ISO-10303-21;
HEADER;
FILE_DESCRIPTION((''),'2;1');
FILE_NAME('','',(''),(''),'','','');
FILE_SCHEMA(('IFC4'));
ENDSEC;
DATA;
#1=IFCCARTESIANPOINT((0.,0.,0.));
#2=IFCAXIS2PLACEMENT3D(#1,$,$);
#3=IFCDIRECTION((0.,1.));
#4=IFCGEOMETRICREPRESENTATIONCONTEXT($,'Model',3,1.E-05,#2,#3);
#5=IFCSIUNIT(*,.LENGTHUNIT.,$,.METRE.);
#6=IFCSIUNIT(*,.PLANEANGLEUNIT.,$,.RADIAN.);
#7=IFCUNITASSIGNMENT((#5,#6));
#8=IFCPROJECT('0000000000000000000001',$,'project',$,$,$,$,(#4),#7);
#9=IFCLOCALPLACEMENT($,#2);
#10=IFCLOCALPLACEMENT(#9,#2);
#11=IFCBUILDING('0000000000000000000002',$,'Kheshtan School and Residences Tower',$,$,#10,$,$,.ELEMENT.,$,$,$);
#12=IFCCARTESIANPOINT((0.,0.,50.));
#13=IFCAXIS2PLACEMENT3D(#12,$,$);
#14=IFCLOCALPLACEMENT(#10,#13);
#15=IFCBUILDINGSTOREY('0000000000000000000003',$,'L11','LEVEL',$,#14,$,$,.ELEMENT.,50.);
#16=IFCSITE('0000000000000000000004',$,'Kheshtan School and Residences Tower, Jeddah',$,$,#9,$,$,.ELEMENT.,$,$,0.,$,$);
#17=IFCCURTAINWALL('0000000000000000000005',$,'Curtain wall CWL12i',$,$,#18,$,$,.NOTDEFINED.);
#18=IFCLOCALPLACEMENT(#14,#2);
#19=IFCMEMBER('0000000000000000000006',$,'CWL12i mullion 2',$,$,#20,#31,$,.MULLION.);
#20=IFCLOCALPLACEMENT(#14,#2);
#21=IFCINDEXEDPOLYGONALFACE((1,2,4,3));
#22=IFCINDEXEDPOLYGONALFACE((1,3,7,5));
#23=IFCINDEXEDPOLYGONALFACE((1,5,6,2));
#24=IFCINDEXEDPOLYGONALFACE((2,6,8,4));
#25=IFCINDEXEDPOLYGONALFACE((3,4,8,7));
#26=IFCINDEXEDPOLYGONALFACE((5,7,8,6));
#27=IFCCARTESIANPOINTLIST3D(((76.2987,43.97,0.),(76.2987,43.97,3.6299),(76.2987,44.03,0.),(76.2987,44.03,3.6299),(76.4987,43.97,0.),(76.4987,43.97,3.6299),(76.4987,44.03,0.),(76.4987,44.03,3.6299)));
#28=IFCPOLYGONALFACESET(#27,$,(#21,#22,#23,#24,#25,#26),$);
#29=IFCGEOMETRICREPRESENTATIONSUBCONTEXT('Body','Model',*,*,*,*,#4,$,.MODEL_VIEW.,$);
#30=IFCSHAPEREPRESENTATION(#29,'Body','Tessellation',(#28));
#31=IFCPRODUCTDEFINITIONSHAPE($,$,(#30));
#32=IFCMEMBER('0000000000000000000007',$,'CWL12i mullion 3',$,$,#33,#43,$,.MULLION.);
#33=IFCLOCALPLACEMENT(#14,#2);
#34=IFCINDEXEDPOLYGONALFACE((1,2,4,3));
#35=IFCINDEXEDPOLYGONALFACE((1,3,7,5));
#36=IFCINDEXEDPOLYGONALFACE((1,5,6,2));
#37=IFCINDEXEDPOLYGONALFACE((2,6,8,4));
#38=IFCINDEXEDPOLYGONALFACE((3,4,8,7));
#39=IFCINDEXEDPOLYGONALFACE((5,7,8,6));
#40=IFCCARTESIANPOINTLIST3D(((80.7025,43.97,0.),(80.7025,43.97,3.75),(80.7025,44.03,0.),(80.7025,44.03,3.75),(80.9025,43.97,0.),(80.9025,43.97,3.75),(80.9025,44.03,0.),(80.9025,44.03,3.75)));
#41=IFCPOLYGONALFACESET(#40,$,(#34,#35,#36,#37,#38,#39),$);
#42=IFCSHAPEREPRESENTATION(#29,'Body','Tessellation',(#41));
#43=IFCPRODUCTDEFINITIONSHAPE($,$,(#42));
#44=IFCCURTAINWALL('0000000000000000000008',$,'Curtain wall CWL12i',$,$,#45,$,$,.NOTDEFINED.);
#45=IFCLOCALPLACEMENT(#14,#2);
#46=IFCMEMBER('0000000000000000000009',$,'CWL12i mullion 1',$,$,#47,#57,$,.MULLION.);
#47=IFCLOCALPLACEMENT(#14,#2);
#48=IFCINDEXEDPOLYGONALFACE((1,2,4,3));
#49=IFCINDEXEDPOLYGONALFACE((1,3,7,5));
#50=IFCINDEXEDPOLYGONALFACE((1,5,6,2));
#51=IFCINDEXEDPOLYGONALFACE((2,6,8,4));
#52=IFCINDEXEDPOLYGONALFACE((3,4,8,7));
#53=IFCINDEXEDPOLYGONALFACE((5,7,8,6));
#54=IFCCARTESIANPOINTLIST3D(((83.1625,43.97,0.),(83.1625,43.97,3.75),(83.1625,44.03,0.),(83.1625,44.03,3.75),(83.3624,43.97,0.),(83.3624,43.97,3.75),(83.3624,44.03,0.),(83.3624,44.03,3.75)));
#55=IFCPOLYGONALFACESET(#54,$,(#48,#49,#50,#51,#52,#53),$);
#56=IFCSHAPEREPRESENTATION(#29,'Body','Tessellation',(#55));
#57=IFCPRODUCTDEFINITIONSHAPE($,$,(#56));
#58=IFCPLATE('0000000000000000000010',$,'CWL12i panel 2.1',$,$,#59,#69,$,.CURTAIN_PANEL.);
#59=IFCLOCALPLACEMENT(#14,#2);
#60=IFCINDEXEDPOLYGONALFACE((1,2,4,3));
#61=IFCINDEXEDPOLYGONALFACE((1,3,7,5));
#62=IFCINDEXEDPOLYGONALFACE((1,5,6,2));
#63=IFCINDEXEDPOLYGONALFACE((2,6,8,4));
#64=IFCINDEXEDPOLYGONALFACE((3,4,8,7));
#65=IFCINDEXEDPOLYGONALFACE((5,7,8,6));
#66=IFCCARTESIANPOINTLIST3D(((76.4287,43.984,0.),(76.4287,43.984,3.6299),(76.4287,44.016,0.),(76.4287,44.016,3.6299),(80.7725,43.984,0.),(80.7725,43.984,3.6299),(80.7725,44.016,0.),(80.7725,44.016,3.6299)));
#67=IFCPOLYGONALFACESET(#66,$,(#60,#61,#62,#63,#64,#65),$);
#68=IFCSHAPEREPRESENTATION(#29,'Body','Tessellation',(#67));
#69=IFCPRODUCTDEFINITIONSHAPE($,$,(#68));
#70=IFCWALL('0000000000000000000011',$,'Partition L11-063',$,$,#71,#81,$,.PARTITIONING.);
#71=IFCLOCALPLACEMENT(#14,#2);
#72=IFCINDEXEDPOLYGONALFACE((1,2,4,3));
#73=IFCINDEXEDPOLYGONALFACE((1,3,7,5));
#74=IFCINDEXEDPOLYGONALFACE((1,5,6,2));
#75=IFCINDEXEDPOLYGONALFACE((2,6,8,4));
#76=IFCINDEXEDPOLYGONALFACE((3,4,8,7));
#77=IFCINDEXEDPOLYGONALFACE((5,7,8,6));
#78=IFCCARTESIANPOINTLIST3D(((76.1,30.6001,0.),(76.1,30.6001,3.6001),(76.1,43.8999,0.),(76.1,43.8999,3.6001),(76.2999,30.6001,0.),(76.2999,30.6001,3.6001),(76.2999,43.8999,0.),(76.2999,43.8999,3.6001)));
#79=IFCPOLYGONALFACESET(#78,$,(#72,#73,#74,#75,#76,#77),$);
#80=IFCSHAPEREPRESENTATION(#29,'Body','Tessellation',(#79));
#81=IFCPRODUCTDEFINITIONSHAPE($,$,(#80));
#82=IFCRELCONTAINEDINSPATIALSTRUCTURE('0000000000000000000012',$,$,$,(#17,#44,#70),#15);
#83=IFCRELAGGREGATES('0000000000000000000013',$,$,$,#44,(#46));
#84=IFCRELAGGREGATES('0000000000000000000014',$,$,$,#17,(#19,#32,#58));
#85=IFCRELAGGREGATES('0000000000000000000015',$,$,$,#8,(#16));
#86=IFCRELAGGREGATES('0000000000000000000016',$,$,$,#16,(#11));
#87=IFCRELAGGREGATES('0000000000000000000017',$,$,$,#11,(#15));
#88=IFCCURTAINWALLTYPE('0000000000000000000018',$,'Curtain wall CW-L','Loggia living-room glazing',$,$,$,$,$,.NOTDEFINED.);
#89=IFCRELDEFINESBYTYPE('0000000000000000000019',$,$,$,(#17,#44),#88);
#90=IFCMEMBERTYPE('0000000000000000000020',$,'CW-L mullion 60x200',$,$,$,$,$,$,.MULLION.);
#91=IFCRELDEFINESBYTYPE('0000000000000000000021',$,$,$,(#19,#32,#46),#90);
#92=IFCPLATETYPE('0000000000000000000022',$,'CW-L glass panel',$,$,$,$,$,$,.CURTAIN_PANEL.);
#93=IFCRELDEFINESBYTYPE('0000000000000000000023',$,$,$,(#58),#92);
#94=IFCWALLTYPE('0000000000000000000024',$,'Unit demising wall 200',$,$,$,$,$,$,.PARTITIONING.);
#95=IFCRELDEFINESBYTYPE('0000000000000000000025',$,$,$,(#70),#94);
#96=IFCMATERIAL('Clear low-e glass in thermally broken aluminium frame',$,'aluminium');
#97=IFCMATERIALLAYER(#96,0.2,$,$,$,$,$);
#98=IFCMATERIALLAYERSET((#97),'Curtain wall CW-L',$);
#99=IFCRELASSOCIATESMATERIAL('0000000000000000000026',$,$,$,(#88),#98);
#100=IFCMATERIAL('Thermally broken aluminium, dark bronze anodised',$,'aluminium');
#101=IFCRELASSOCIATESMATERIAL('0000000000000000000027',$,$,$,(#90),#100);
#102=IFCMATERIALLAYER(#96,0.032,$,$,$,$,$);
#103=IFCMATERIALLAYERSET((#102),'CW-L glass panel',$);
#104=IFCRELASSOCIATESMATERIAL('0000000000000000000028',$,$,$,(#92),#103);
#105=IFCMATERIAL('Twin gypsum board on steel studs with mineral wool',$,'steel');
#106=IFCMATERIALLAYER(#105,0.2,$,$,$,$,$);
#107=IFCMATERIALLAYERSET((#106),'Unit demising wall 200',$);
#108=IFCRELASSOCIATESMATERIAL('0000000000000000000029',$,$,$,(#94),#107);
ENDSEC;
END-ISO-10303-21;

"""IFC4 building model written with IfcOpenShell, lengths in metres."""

from ifc_helpers import new_model, si_unit, direction, frame, frame_2d, origin, origin_2d, place, context, subcontext, project, spatial, rectangle, extrude, material, layer, layer_set, material_profile, profile_set, type_object, element, aggregate, save


model = new_model("IFC4")

# Units and contexts
model_context = context("Model", 3, precision=1e-05, world=origin(), true_north=direction((0.0, 1.0)))
body_context = subcontext(model_context, "Body", "Model", "MODEL_VIEW")
ifc_project = project(units=[si_unit("LENGTHUNIT", "METRE"), si_unit("PLANEANGLEUNIT", "RADIAN")], contexts=[model_context])

# Site, building, storey
site_placement = place(None, origin())
site = spatial("IfcSite", under=ifc_project, at=site_placement, Name="Kheshtan School and Residences Tower, Jeddah", CompositionType="ELEMENT", RefElevation=0.0)
building_placement = place(site_placement, origin())
building = spatial("IfcBuilding", under=site, at=building_placement, Name="Kheshtan School and Residences Tower", CompositionType="ELEMENT")
storey_placement = place(building_placement, frame((0.0, 0.0, 50.0)))
storey = spatial("IfcBuildingStorey", under=building, at=storey_placement, Name="L11", Description="LEVEL", CompositionType="ELEMENT", Elevation=50.0)

# Curtain wall, members
ifc_material_1 = material(Name="Clear low-e glass in thermally broken aluminium frame", Category="aluminium")
ifc_layer_1 = layer(ifc_material_1, 0.2)
ifc_layer_set_1 = layer_set([ifc_layer_1], Name="Curtain wall CW-L")
curtain_wall_type = type_object("IfcCurtainWallType", Name="Curtain wall CW-L", Description="Loggia living-room glazing", PredefinedType="NOTDEFINED", material=ifc_layer_set_1)
curtain_wall_1_placement = place(storey_placement, origin())
curtain_wall_1 = element("IfcCurtainWall", 1, at=curtain_wall_1_placement, inside=storey, type_object=curtain_wall_type, Name="Curtain wall CWL12i", PredefinedType="NOTDEFINED")
ifc_material_2 = material(Name="Thermally broken aluminium, dark bronze anodised", Category="aluminium")
ifc_material_profile = material_profile(ifc_material_2, rectangle(XDim=0.0601, YDim=0.2, at=origin_2d()), Name="CW-L mullion 60x200")
ifc_profile_set = profile_set([ifc_material_profile], Name="Thermally broken aluminium, dark bronze anodised")
member_type = type_object("IfcMemberType", Name="CW-L mullion 60x200", PredefinedType="MULLION", material=ifc_profile_set)
member_1_placement = place(storey_placement, frame((76.3987, 44.0, 0.0), z_axis=(0.0, 0.0, 1.0), x_axis=(0.0, 1.0, 0.0)))
member_1 = element("IfcMember", 2, at=member_1_placement, type_object=member_type, Name="CWL12i mullion 2", PredefinedType="MULLION", context=body_context, shape_type="SweptSolid", body=[
    extrude(rectangle(XDim=0.0601, YDim=0.2, at=origin_2d()), origin(), (0.0, 0.0, 1.0), 3.6299),
])
member_2_placement = place(storey_placement, frame((80.8025, 44.0, 0.0), z_axis=(0.0, 0.0, 1.0), x_axis=(0.0, 1.0, 0.0)))
member_2 = element("IfcMember", 3, at=member_2_placement, type_object=member_type, Name="CWL12i mullion 3", PredefinedType="MULLION", context=body_context, shape_type="SweptSolid", body=[
    extrude(rectangle(XDim=0.0601, YDim=0.2, at=origin_2d()), origin(), (0.0, 0.0, 1.0), 3.75),
])

# Curtain wall, member
curtain_wall_2_placement = place(storey_placement, origin())
curtain_wall_2 = element("IfcCurtainWall", 4, at=curtain_wall_2_placement, inside=storey, type_object=curtain_wall_type, Name="Curtain wall CWL12i", PredefinedType="NOTDEFINED")
member_3_placement = place(storey_placement, frame((83.2625, 44.0, 0.0), z_axis=(0.0, 0.0, 1.0), x_axis=(0.0, 1.0, 0.0)))
member_3 = element("IfcMember", 5, at=member_3_placement, type_object=member_type, Name="CWL12i mullion 1", PredefinedType="MULLION", context=body_context, shape_type="SweptSolid", body=[
    extrude(rectangle(XDim=0.0601, YDim=0.2, at=origin_2d()), origin(), (0.0, 0.0, 1.0), 3.75),
])
aggregate(curtain_wall_2, [member_3])

# Plate
ifc_layer_2 = layer(ifc_material_1, 0.032)
ifc_layer_set_2 = layer_set([ifc_layer_2], Name="CW-L glass panel")
plate_type = type_object("IfcPlateType", Name="CW-L glass panel", PredefinedType="CURTAIN_PANEL", material=ifc_layer_set_2)
plate_placement = place(storey_placement, frame((78.6006, 44.0, 0.0), z_axis=(0.0, 0.0, 1.0), x_axis=(1.0, 0.0, 0.0)))
plate = element("IfcPlate", 6, at=plate_placement, type_object=plate_type, Name="CWL12i panel 2.1", PredefinedType="CURTAIN_PANEL", context=body_context, shape_type="SweptSolid", body=[
    extrude(rectangle(XDim=4.3438, YDim=0.032, at=origin_2d()), origin(), (0.0, 0.0, 1.0), 3.6299),
])
aggregate(curtain_wall_1, [member_1, member_2, plate])

# Wall
ifc_material_3 = material(Name="Twin gypsum board on steel studs with mineral wool", Category="steel")
ifc_layer_3 = layer(ifc_material_3, 0.2)
ifc_layer_set_3 = layer_set([ifc_layer_3], Name="Unit demising wall 200")
wall_type_1 = type_object("IfcWallType", Name="Unit demising wall 200", PredefinedType="PARTITIONING", material=ifc_layer_set_3)
wall_1_placement = place(storey_placement, frame((76.2, 30.6001, 0.0), z_axis=(0.0, 0.0, 1.0), x_axis=(0.0, 1.0, 0.0)))
element("IfcWall", 7, at=wall_1_placement, inside=storey, type_object=wall_type_1, Name="Partition L11-063", PredefinedType="PARTITIONING", context=body_context, shape_type="SweptSolid", body=[
    extrude(rectangle(XDim=13.2998, YDim=0.2, at=frame_2d((6.6499, 0.0))), origin(), (0.0, 0.0, 1.0), 3.6001),
])

save(model, "model.ifc")
